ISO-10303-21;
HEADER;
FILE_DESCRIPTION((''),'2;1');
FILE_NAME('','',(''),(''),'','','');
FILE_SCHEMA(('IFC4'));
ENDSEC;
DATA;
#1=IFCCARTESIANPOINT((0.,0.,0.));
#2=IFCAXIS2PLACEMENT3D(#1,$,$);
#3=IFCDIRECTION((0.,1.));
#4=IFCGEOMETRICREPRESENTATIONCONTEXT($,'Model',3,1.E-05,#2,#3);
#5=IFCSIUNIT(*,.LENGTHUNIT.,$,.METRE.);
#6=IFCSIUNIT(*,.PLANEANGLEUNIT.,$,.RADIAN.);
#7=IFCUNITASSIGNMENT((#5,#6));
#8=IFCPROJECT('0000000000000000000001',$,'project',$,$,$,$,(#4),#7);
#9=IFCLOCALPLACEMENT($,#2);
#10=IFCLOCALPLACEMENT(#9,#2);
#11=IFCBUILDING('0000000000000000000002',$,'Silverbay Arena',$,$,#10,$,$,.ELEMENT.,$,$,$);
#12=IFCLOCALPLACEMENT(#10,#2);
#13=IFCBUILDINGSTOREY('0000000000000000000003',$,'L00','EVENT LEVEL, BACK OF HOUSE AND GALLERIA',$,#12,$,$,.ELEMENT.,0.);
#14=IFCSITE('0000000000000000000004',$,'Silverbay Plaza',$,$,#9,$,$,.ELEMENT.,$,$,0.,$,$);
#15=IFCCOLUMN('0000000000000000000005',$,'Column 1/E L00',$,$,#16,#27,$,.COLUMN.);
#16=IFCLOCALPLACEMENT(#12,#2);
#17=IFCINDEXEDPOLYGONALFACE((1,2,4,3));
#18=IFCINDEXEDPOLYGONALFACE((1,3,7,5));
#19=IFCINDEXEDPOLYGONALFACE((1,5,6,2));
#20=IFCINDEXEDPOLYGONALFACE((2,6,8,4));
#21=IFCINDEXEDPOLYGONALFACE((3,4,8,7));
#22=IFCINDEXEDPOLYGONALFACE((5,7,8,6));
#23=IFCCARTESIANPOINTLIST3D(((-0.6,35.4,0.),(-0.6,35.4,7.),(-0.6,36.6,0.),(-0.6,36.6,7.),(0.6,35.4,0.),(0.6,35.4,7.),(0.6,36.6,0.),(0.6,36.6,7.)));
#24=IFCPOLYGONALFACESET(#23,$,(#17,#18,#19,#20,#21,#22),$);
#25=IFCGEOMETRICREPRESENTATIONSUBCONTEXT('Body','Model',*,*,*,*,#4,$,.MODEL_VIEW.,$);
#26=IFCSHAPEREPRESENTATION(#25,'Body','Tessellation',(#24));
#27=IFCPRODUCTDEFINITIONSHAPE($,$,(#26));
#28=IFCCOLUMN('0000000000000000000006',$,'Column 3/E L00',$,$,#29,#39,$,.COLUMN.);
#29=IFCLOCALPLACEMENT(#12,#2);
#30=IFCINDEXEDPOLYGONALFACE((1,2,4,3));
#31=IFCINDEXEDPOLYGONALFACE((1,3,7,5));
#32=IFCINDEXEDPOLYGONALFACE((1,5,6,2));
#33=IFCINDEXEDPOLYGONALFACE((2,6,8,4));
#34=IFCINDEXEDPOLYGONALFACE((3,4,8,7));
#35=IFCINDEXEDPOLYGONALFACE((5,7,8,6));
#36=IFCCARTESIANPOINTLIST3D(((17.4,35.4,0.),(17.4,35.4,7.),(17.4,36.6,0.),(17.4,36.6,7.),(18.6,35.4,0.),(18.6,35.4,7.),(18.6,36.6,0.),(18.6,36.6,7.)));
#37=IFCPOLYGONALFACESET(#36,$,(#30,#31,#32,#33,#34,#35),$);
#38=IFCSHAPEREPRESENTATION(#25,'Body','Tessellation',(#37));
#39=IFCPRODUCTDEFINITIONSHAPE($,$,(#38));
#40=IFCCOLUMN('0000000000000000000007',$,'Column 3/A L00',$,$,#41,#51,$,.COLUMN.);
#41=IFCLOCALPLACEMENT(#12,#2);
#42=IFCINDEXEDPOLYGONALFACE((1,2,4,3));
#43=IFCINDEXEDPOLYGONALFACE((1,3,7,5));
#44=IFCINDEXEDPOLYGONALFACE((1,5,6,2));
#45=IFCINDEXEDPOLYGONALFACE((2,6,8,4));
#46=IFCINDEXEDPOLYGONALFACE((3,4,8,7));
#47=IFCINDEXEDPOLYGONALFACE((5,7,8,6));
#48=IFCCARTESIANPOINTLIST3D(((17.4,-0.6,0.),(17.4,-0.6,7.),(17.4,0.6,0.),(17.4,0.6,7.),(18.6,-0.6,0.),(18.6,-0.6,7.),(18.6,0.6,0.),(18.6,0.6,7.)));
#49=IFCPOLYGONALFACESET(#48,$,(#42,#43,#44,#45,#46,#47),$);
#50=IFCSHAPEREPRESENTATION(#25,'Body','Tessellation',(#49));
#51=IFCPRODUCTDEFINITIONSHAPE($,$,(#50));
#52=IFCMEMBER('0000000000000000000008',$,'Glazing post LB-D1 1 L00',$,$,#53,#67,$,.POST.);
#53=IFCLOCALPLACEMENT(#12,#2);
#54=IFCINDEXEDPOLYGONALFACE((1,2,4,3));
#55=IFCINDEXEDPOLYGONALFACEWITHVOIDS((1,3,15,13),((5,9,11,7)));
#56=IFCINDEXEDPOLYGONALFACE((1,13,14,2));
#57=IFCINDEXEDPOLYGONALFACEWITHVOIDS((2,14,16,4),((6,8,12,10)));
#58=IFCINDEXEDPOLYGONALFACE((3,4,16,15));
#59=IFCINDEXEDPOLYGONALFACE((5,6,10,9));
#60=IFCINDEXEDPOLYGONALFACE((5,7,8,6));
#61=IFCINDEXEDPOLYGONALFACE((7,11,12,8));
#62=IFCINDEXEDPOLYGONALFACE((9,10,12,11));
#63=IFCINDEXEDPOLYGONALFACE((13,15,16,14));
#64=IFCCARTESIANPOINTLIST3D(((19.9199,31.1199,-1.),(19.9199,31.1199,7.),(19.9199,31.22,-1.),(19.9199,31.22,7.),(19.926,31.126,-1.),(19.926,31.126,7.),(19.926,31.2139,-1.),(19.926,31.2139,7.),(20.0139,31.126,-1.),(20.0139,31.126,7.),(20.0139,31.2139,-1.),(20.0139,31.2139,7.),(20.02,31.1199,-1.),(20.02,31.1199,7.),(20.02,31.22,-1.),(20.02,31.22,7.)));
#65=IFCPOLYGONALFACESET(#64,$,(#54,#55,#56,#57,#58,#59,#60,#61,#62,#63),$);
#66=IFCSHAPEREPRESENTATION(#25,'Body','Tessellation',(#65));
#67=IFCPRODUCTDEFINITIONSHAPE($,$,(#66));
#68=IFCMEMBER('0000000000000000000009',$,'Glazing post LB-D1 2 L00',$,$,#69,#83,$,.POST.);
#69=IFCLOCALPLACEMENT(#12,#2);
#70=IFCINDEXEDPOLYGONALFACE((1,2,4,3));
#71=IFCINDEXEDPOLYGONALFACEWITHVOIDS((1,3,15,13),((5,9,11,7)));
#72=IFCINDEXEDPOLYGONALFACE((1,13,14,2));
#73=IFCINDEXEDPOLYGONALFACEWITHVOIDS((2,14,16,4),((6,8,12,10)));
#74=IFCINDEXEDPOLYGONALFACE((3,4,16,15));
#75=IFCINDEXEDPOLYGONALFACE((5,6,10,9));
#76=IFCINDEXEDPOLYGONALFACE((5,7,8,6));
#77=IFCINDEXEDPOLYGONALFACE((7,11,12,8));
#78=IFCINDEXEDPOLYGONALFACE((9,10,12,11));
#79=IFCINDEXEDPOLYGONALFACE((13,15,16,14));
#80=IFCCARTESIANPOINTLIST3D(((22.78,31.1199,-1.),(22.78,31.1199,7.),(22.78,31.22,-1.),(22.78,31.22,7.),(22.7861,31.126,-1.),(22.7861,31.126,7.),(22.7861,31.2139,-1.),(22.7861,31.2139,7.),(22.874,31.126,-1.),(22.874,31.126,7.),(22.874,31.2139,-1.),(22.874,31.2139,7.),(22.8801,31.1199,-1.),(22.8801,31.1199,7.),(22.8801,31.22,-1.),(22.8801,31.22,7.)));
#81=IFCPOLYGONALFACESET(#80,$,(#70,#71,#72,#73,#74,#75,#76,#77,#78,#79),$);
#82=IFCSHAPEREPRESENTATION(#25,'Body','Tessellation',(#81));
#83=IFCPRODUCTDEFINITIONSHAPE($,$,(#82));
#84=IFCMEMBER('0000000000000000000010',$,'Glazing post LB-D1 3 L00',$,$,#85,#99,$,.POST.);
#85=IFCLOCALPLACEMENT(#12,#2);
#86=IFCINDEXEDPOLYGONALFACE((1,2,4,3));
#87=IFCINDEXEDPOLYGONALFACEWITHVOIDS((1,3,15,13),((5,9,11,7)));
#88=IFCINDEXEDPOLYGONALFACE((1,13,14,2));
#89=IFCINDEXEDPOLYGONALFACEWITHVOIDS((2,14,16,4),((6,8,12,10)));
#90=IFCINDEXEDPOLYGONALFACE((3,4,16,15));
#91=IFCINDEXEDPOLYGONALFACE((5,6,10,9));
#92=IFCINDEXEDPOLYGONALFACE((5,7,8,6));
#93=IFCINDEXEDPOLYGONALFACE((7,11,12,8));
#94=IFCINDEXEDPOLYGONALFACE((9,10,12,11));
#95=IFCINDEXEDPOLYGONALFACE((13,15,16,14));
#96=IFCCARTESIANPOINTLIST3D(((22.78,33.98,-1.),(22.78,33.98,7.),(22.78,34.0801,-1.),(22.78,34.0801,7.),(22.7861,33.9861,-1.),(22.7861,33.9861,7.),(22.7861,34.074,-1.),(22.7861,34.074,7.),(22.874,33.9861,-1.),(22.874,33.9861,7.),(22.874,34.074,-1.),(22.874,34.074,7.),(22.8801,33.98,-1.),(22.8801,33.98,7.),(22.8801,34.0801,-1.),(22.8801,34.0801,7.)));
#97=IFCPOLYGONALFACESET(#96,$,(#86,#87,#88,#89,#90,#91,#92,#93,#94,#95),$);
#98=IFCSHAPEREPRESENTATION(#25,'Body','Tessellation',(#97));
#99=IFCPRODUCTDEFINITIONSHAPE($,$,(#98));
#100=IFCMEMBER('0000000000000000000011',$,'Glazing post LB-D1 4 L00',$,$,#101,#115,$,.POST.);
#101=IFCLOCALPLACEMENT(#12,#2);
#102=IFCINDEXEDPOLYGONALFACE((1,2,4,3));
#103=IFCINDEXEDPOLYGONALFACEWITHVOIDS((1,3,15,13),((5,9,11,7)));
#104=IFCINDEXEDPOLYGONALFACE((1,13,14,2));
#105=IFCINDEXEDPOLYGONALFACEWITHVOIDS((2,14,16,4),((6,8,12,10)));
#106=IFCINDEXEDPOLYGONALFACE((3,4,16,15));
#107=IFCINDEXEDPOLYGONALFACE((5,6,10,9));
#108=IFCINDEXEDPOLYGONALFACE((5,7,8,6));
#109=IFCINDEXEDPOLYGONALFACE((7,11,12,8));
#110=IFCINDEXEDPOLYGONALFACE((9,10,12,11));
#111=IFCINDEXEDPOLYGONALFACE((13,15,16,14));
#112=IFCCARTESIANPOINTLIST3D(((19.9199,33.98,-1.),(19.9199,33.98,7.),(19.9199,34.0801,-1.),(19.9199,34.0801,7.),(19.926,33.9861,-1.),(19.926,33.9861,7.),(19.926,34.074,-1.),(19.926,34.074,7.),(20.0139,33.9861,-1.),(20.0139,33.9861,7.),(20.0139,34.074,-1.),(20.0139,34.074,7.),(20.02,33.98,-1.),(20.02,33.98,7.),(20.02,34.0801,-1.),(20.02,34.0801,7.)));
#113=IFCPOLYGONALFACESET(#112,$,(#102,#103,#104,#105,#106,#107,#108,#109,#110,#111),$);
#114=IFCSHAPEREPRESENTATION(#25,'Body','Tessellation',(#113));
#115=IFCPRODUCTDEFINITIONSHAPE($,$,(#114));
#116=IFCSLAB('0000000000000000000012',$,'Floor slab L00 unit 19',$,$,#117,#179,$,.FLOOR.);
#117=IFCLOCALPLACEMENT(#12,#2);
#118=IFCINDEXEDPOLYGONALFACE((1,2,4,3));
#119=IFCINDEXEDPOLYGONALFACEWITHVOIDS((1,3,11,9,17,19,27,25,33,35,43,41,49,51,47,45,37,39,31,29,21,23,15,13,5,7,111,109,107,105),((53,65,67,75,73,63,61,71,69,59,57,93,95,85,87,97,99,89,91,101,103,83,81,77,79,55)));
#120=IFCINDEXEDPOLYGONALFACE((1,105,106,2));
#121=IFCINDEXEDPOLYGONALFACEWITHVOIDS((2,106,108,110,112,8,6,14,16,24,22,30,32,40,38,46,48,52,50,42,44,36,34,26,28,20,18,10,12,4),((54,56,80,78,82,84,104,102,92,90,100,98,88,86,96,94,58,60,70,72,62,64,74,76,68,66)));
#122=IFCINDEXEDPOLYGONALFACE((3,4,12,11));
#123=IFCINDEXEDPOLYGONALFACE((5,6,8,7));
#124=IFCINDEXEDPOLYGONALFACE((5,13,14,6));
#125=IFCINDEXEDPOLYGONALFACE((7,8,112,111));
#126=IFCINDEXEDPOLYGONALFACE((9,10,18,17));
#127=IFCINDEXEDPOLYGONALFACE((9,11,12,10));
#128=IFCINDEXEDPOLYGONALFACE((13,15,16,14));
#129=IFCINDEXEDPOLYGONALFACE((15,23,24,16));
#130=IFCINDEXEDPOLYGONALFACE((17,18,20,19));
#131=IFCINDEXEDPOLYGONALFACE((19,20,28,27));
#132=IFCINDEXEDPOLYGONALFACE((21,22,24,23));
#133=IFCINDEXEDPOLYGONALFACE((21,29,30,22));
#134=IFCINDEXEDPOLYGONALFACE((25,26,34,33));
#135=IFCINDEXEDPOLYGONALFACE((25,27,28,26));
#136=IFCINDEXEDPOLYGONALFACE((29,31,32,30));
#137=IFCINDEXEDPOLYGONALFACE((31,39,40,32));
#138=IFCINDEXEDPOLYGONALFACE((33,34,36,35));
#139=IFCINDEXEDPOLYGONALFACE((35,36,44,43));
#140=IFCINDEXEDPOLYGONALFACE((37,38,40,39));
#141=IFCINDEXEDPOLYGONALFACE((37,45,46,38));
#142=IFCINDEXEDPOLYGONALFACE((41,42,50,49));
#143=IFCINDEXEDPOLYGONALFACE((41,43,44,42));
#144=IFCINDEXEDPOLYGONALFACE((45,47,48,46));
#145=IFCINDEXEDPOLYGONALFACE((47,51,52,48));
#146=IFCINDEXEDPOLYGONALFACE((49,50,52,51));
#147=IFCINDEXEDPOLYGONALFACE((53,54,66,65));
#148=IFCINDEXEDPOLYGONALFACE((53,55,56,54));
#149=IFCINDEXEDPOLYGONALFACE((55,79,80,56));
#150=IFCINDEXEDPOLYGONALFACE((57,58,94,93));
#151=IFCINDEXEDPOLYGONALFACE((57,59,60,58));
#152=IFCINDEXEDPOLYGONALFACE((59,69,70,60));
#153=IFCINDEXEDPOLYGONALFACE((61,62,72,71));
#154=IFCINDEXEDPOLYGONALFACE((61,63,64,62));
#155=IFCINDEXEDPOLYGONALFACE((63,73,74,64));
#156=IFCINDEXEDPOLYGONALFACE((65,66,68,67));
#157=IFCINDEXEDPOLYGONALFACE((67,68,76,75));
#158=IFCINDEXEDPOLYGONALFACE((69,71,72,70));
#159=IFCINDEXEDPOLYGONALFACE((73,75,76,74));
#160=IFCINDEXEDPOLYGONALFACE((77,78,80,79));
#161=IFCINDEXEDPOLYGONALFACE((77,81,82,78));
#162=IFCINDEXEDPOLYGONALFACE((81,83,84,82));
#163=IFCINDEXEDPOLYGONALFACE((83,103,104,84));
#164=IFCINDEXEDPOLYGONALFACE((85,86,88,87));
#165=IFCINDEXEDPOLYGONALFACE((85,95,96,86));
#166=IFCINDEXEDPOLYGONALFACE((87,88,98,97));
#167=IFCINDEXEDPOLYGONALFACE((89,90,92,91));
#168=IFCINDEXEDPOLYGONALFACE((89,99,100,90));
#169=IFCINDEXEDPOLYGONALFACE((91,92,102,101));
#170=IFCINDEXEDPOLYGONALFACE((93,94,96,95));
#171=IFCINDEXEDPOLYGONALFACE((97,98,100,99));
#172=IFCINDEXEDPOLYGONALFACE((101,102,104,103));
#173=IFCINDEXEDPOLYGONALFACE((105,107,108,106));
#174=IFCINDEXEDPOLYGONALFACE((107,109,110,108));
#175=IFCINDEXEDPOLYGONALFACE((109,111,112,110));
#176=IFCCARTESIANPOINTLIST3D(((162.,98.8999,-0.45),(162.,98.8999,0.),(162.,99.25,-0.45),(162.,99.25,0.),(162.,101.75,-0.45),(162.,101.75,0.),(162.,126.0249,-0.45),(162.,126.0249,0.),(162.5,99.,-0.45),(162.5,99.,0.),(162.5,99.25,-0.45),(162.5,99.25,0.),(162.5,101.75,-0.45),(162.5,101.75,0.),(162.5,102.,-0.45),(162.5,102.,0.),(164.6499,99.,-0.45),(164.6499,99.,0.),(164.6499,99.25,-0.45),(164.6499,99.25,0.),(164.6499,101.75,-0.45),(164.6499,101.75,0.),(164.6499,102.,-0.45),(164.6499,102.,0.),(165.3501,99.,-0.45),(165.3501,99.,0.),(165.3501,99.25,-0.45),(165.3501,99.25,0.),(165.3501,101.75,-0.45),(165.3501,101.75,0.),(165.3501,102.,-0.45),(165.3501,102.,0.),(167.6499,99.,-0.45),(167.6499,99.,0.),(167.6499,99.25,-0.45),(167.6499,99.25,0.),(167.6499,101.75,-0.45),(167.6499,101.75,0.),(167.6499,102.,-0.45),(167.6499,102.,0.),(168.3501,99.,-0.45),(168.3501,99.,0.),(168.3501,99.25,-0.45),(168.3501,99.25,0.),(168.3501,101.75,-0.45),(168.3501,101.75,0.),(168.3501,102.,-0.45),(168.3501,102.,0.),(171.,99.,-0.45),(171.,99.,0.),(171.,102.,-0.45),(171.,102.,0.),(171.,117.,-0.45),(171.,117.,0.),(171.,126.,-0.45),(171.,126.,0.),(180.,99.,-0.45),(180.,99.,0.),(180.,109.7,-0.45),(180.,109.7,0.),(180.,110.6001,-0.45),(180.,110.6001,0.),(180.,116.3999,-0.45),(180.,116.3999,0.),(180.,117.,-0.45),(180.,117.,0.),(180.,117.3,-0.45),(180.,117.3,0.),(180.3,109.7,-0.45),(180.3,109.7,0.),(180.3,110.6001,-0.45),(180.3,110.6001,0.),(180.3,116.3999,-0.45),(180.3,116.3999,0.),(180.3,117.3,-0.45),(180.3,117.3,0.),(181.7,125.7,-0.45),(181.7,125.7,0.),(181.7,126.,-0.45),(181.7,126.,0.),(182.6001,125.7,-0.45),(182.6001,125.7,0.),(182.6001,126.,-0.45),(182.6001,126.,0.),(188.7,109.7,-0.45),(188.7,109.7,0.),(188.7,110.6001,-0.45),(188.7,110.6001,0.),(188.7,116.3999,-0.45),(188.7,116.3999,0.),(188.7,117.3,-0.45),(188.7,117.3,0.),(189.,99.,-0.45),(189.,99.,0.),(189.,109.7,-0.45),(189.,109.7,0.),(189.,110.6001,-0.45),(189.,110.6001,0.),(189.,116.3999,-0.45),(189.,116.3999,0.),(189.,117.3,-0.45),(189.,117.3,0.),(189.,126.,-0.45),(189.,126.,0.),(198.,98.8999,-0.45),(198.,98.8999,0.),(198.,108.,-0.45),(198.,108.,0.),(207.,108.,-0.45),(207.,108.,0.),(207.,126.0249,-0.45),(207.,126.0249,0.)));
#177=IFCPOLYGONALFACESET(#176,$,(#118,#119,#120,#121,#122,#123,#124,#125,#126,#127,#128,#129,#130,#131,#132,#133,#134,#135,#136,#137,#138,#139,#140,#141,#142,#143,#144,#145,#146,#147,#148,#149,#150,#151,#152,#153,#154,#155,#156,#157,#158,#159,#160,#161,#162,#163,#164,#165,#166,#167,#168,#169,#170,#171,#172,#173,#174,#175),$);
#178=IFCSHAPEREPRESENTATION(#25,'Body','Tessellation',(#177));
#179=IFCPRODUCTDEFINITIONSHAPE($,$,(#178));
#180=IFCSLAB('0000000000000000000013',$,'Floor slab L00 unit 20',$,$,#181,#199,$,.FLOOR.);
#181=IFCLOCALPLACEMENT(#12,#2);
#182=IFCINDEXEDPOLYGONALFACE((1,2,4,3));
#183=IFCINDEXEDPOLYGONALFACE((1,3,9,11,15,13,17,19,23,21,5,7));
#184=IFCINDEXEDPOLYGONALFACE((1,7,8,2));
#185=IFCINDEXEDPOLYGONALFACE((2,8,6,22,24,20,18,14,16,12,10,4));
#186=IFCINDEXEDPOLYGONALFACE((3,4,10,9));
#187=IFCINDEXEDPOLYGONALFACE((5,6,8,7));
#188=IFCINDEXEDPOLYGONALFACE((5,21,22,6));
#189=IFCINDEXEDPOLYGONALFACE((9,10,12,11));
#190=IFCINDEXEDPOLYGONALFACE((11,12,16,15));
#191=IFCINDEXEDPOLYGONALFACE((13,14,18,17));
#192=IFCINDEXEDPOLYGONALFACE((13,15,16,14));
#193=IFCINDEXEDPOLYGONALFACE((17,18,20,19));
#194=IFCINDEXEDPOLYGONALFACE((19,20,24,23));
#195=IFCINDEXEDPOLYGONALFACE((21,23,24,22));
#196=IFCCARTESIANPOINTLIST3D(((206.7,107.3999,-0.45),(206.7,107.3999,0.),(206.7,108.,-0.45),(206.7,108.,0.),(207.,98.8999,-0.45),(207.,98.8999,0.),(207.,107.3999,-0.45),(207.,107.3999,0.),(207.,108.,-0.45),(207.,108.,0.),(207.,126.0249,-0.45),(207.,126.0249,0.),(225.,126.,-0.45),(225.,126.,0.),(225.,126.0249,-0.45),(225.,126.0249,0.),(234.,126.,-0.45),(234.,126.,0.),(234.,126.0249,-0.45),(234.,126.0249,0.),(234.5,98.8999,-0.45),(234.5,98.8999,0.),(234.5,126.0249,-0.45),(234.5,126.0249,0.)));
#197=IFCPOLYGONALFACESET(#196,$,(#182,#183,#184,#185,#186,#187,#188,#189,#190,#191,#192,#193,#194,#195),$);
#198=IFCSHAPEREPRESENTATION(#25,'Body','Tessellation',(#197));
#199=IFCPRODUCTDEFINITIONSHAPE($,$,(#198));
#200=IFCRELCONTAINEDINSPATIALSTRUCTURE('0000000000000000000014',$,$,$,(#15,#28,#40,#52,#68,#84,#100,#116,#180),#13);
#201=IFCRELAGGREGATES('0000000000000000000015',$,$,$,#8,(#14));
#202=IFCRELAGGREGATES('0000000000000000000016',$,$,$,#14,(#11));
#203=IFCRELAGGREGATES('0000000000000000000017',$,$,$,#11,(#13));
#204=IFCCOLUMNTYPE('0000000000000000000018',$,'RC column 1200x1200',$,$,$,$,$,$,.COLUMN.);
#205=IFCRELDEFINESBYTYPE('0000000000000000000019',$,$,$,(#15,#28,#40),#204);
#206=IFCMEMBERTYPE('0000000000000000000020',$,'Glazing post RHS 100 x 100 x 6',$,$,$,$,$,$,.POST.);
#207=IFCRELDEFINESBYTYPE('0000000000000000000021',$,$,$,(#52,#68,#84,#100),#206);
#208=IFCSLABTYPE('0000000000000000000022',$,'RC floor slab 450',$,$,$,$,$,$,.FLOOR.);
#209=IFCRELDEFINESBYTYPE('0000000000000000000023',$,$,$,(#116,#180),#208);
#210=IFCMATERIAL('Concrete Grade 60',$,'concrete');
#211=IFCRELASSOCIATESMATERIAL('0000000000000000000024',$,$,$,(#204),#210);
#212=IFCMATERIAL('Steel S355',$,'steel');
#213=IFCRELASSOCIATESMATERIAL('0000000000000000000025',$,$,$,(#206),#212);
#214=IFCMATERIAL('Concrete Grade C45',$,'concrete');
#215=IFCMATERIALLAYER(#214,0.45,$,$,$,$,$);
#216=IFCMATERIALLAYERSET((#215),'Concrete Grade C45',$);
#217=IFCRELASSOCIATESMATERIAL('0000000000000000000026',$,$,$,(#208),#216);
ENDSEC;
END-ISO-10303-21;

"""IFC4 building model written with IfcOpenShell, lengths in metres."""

from ifc_helpers import new_model, si_unit, direction, frame, origin, origin_2d, place, context, subcontext, project, spatial, polyline, rectangle, hollow_rectangle, outline, extrude, material, layer, layer_set, material_profile, profile_set, type_object, element, save


model = new_model("IFC4")

# Units and contexts
model_context = context("Model", 3, precision=1e-05, world=origin(), true_north=direction((0.0, 1.0)))
body_context = subcontext(model_context, "Body", "Model", "MODEL_VIEW")
ifc_project = project(units=[si_unit("LENGTHUNIT", "METRE"), si_unit("PLANEANGLEUNIT", "RADIAN")], contexts=[model_context])

# Site, building, storey
site_placement = place(None, origin())
site = spatial("IfcSite", under=ifc_project, at=site_placement, Name="Silverbay Plaza", CompositionType="ELEMENT", RefElevation=0.0)
building_placement = place(site_placement, origin())
building = spatial("IfcBuilding", under=site, at=building_placement, Name="Silverbay Arena", CompositionType="ELEMENT")
storey_placement = place(building_placement, origin())
storey = spatial("IfcBuildingStorey", under=building, at=storey_placement, Name="L00", Description="EVENT LEVEL, BACK OF HOUSE AND GALLERIA", CompositionType="ELEMENT", Elevation=0.0)

# Columns
ifc_material_1 = material(Name="Concrete Grade 60", Category="concrete")
ifc_material_profile_1 = material_profile(ifc_material_1, rectangle(XDim=1.2, YDim=1.2, at=origin_2d()), Name="RC 1200x1200")
ifc_profile_set_1 = profile_set([ifc_material_profile_1], Name="Concrete Grade 60")
column_type = type_object("IfcColumnType", Name="RC column 1200x1200", PredefinedType="COLUMN", material=ifc_profile_set_1)
for number, where, z_axis, x_axis, name in (
    (1, (0.0, 36.0, 0.0), (0.0, 0.0, 1.0), (1.0, 0.0, 0.0), "Column 1/E L00"),
    (2, (18.0, 36.0, 0.0), (0.0, 0.0, 1.0), (1.0, 0.0, 0.0), "Column 3/E L00"),
    (3, (18.0, 0.0, 0.0), (0.0, 0.0, 1.0), (1.0, 0.0, 0.0), "Column 3/A L00"),
):
    element("IfcColumn", number, at=place(storey_placement, frame(where, z_axis=z_axis, x_axis=x_axis)), inside=storey, type_object=column_type, Name=name, PredefinedType="COLUMN", context=body_context, shape_type="SweptSolid", body=[
        extrude(rectangle(XDim=1.2, YDim=1.2, at=origin_2d()), origin(), (0.0, 0.0, 1.0), 7.0),
    ])

# Members
ifc_material_2 = material(Name="Steel S355", Category="steel")
ifc_material_profile_2 = material_profile(ifc_material_2, hollow_rectangle(XDim=0.1001, YDim=0.1001, WallThickness=0.0061, at=origin_2d()), Name="RHS 100x100x6")
ifc_profile_set_2 = profile_set([ifc_material_profile_2], Name="Steel S355")
member_type = type_object("IfcMemberType", Name="Glazing post RHS 100 x 100 x 6", PredefinedType="POST", material=ifc_profile_set_2)
for number, where, z_axis, x_axis, name in (
    (4, (19.97, 31.1699, -1.0), (0.0, 0.0, 1.0), (1.0, 0.0, 0.0), "Glazing post LB-D1 1 L00"),
    (5, (22.8301, 31.1699, -1.0), (0.0, 0.0, 1.0), (1.0, 0.0, 0.0), "Glazing post LB-D1 2 L00"),
    (6, (22.8301, 34.03, -1.0), (0.0, 0.0, 1.0), (1.0, 0.0, 0.0), "Glazing post LB-D1 3 L00"),
    (7, (19.97, 34.03, -1.0), (0.0, 0.0, 1.0), (1.0, 0.0, 0.0), "Glazing post LB-D1 4 L00"),
):
    element("IfcMember", number, at=place(storey_placement, frame(where, z_axis=z_axis, x_axis=x_axis)), inside=storey, type_object=member_type, Name=name, PredefinedType="POST", context=body_context, shape_type="SweptSolid", body=[
        extrude(hollow_rectangle(XDim=0.1001, YDim=0.1001, WallThickness=0.0061, at=origin_2d()), origin(), (0.0, 0.0, 1.0), 8.0),
    ])

# Slabs
ifc_material_3 = material(Name="Concrete Grade C45", Category="concrete")
ifc_layer_1 = layer(ifc_material_3, 0.45)
ifc_layer_set_1 = layer_set([ifc_layer_1], Name="Concrete Grade C45")
slab_type = type_object("IfcSlabType", Name="RC floor slab 450", PredefinedType="FLOOR", material=ifc_layer_set_1)
slab_1_placement = place(storey_placement, frame((0.0, 0.0, -0.45)))
element("IfcSlab", 8, at=slab_1_placement, inside=storey, type_object=slab_type, Name="Floor slab L00 unit 19", PredefinedType="FLOOR", context=body_context, shape_type="SweptSolid", body=[
    extrude(outline(polyline([(162.5, 99.25), (162.5, 99.0), (164.6499, 99.0), (164.6499, 99.25), (165.3501, 99.25), (165.3501, 99.0), (167.6499, 99.0), (167.6499, 99.25), (168.3501, 99.25), (168.3501, 99.0), (171.0, 99.0), (171.0, 102.0), (168.3501, 102.0), (168.3501, 101.75), (167.6499, 101.75), (167.6499, 102.0), (165.3501, 102.0), (165.3501, 101.75), (164.6499, 101.75), (164.6499, 102.0), (162.5, 102.0), (162.5, 101.75), (162.0, 101.75), (162.0, 126.0249), (207.0, 126.0249), (207.0, 108.0), (198.0, 108.0), (198.0, 98.8999), (162.0, 98.8999), (162.0, 99.25), (162.5, 99.25)]), holes=[polyline([(180.3, 110.6001), (180.3, 109.7), (180.0, 109.7), (180.0, 99.0), (189.0, 99.0), (189.0, 109.7), (188.7, 109.7), (188.7, 110.6001), (189.0, 110.6001), (189.0, 116.3999), (188.7, 116.3999), (188.7, 117.3), (189.0, 117.3), (189.0, 126.0), (182.6001, 126.0), (182.6001, 125.7), (181.7, 125.7), (181.7, 126.0), (171.0, 126.0), (171.0, 117.0), (180.0, 117.0), (180.0, 117.3), (180.3, 117.3), (180.3, 116.3999), (180.0, 116.3999), (180.0, 110.6001), (180.3, 110.6001)])]), origin(), (0.0, 0.0, 1.0), 0.45),
])
slab_2_placement = place(storey_placement, frame((0.0, 0.0, -0.45)))
element("IfcSlab", 9, at=slab_2_placement, inside=storey, type_object=slab_type, Name="Floor slab L00 unit 20", PredefinedType="FLOOR", context=body_context, shape_type="SweptSolid", body=[
    extrude(outline(polyline([(206.7, 108.0), (207.0, 108.0), (207.0, 126.0249), (225.0, 126.0249), (225.0, 126.0), (234.0, 126.0), (234.0, 126.0249), (234.5, 126.0249), (234.5, 98.8999), (207.0, 98.8999), (207.0, 107.3999), (206.7, 107.3999), (206.7, 108.0)])), origin(), (0.0, 0.0, 1.0), 0.45),
])

save(model, "model.ifc")
